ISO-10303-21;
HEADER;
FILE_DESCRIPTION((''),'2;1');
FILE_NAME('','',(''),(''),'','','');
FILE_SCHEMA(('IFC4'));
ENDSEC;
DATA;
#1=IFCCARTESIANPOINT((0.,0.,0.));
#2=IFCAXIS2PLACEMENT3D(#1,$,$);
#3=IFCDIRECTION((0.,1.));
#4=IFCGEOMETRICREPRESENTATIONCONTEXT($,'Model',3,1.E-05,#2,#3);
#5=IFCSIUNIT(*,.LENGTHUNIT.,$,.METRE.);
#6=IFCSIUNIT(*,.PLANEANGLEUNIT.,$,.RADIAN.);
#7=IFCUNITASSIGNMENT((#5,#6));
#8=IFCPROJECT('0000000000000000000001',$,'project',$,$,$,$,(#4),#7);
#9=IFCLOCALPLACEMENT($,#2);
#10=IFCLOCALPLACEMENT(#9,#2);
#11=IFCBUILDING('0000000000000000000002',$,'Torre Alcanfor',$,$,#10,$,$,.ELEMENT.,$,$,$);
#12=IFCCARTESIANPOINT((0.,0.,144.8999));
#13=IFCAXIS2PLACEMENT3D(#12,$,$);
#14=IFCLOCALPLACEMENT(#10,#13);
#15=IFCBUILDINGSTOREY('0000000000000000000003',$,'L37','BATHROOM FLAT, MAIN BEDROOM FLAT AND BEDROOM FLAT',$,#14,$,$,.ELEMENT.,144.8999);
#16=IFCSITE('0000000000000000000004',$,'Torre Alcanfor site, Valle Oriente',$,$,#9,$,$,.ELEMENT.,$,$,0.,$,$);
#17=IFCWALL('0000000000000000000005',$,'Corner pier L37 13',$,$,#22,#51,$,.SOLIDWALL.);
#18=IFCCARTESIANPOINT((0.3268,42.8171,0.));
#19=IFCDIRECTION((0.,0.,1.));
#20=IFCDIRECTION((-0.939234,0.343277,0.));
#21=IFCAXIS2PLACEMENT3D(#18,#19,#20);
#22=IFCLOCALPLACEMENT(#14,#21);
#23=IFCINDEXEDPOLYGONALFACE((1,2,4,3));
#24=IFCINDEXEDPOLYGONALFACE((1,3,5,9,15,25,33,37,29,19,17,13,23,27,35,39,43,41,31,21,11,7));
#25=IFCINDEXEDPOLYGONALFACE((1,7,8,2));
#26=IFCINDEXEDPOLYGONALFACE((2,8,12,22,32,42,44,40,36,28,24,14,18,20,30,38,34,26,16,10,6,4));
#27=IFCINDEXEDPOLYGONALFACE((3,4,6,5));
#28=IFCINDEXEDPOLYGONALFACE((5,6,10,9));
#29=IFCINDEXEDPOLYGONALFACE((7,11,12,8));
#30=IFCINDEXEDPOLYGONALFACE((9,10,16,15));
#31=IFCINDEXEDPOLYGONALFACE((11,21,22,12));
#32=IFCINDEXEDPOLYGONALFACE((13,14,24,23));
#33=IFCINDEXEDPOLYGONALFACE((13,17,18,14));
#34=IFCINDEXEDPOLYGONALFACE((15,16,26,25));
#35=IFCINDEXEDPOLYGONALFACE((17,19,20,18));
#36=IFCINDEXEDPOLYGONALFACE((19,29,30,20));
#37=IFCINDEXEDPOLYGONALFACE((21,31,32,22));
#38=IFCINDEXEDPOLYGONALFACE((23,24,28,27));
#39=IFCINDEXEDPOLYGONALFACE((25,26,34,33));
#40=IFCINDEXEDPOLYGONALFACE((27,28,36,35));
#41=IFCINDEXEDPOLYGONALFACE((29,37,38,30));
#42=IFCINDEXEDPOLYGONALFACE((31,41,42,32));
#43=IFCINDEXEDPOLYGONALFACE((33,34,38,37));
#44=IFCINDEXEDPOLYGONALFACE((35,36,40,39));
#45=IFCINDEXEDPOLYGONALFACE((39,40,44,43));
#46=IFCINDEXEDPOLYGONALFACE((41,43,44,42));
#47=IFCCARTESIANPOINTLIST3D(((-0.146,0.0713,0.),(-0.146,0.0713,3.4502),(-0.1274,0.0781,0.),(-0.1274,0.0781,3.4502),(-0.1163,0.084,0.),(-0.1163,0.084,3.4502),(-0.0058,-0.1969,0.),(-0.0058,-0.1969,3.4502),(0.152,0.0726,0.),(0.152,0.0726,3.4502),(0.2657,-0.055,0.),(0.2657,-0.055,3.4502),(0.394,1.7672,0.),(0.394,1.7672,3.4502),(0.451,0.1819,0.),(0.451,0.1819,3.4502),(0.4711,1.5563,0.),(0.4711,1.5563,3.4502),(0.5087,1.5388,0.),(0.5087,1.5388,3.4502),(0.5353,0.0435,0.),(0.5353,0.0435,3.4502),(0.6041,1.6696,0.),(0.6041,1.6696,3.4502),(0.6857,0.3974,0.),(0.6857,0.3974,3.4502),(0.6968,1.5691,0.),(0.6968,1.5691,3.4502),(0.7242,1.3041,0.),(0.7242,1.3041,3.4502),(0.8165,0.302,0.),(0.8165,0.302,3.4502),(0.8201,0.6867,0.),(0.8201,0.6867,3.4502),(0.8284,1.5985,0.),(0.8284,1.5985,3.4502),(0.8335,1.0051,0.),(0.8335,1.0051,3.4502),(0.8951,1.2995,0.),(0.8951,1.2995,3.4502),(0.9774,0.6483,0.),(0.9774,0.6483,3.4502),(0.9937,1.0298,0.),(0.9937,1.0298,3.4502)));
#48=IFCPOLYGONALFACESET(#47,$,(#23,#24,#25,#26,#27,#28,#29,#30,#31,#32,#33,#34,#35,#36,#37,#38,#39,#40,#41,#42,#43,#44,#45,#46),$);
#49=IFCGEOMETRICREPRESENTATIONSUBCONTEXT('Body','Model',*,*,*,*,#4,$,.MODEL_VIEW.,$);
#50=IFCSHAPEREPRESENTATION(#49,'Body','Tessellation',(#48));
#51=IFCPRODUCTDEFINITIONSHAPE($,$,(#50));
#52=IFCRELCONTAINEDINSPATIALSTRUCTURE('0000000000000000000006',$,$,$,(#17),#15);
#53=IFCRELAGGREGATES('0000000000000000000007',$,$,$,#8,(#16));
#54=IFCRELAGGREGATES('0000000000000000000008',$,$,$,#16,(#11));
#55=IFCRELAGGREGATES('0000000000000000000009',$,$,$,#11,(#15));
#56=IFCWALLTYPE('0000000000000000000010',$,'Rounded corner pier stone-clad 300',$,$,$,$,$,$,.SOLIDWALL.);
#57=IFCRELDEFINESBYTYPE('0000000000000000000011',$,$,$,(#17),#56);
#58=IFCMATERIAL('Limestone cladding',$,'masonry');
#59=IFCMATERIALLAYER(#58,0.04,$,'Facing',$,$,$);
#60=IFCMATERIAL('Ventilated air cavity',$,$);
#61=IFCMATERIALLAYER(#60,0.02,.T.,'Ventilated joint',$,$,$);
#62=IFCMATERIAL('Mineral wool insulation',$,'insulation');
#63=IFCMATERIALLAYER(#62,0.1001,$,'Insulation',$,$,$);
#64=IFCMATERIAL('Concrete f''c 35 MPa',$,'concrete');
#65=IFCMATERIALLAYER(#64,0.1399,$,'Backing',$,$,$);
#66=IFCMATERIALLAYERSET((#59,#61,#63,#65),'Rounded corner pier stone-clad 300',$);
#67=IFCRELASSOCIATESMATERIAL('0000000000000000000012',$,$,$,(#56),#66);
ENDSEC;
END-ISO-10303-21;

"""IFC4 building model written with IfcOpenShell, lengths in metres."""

from ifc_helpers import new_model, si_unit, direction, frame, origin, place, context, subcontext, project, spatial, polyline, outline, extrude, material, layer, layer_set, type_object, element, save


model = new_model("IFC4")

# Units and contexts
model_context = context("Model", 3, precision=1e-05, world=origin(), true_north=direction((0.0, 1.0)))
body_context = subcontext(model_context, "Body", "Model", "MODEL_VIEW")
ifc_project = project(units=[si_unit("LENGTHUNIT", "METRE"), si_unit("PLANEANGLEUNIT", "RADIAN")], contexts=[model_context])

# Site, building, storey
site_placement = place(None, origin())
site = spatial("IfcSite", under=ifc_project, at=site_placement, Name="Torre Alcanfor site, Valle Oriente", CompositionType="ELEMENT", RefElevation=0.0)
building_placement = place(site_placement, origin())
building = spatial("IfcBuilding", under=site, at=building_placement, Name="Torre Alcanfor", CompositionType="ELEMENT")
storey_placement = place(building_placement, frame((0.0, 0.0, 144.8999)))
storey = spatial("IfcBuildingStorey", under=building, at=storey_placement, Name="L37", Description="BATHROOM FLAT, MAIN BEDROOM FLAT AND BEDROOM FLAT", CompositionType="ELEMENT", Elevation=144.8999)

# Wall
ifc_material_1 = material(Name="Limestone cladding", Category="masonry")
ifc_layer_1 = layer(ifc_material_1, 0.04, Name="Facing")
ifc_material_2 = material(Name="Ventilated air cavity")
ifc_layer_2 = layer(ifc_material_2, 0.02, ventilated=True, Name="Ventilated joint")
ifc_material_3 = material(Name="Mineral wool insulation", Category="insulation")
ifc_layer_3 = layer(ifc_material_3, 0.1001, Name="Insulation")
ifc_material_4 = material(Name="Concrete f'c 35 MPa", Category="concrete")
ifc_layer_4 = layer(ifc_material_4, 0.1399, Name="Backing")
ifc_layer_set_1 = layer_set([ifc_layer_1, ifc_layer_2, ifc_layer_3, ifc_layer_4], Name="Rounded corner pier stone-clad 300")
wall_type_1 = type_object("IfcWallType", Name="Rounded corner pier stone-clad 300", PredefinedType="SOLIDWALL", material=ifc_layer_set_1)
wall_1_placement = place(storey_placement, frame((0.3268, 42.8171, 0.0), z_axis=(0.0, 0.0, 1.0), x_axis=(-0.939234, 0.343277, 0.0)))
element("IfcWall", 1, at=wall_1_placement, inside=storey, type_object=wall_type_1, Name="Corner pier L37 13", PredefinedType="SOLIDWALL", context=body_context, shape_type="SweptSolid", body=[
    extrude(outline(polyline([(-0.0058, -0.1969), (0.2657, -0.055), (0.5353, 0.0435), (0.8165, 0.302), (0.9774, 0.6483), (0.9937, 1.0298), (0.8951, 1.2995), (0.8284, 1.5985), (0.6968, 1.5691), (0.6041, 1.6696), (0.394, 1.7672), (0.4711, 1.5563), (0.5087, 1.5388), (0.7242, 1.3041), (0.8335, 1.0051), (0.8201, 0.6867), (0.6857, 0.3974), (0.451, 0.1819), (0.152, 0.0726), (-0.1163, 0.084), (-0.1274, 0.0781), (-0.146, 0.0713), (-0.0058, -0.1969)])), origin(), (0.0, 0.0, 1.0), 3.4502),
])

save(model, "model.ifc")
